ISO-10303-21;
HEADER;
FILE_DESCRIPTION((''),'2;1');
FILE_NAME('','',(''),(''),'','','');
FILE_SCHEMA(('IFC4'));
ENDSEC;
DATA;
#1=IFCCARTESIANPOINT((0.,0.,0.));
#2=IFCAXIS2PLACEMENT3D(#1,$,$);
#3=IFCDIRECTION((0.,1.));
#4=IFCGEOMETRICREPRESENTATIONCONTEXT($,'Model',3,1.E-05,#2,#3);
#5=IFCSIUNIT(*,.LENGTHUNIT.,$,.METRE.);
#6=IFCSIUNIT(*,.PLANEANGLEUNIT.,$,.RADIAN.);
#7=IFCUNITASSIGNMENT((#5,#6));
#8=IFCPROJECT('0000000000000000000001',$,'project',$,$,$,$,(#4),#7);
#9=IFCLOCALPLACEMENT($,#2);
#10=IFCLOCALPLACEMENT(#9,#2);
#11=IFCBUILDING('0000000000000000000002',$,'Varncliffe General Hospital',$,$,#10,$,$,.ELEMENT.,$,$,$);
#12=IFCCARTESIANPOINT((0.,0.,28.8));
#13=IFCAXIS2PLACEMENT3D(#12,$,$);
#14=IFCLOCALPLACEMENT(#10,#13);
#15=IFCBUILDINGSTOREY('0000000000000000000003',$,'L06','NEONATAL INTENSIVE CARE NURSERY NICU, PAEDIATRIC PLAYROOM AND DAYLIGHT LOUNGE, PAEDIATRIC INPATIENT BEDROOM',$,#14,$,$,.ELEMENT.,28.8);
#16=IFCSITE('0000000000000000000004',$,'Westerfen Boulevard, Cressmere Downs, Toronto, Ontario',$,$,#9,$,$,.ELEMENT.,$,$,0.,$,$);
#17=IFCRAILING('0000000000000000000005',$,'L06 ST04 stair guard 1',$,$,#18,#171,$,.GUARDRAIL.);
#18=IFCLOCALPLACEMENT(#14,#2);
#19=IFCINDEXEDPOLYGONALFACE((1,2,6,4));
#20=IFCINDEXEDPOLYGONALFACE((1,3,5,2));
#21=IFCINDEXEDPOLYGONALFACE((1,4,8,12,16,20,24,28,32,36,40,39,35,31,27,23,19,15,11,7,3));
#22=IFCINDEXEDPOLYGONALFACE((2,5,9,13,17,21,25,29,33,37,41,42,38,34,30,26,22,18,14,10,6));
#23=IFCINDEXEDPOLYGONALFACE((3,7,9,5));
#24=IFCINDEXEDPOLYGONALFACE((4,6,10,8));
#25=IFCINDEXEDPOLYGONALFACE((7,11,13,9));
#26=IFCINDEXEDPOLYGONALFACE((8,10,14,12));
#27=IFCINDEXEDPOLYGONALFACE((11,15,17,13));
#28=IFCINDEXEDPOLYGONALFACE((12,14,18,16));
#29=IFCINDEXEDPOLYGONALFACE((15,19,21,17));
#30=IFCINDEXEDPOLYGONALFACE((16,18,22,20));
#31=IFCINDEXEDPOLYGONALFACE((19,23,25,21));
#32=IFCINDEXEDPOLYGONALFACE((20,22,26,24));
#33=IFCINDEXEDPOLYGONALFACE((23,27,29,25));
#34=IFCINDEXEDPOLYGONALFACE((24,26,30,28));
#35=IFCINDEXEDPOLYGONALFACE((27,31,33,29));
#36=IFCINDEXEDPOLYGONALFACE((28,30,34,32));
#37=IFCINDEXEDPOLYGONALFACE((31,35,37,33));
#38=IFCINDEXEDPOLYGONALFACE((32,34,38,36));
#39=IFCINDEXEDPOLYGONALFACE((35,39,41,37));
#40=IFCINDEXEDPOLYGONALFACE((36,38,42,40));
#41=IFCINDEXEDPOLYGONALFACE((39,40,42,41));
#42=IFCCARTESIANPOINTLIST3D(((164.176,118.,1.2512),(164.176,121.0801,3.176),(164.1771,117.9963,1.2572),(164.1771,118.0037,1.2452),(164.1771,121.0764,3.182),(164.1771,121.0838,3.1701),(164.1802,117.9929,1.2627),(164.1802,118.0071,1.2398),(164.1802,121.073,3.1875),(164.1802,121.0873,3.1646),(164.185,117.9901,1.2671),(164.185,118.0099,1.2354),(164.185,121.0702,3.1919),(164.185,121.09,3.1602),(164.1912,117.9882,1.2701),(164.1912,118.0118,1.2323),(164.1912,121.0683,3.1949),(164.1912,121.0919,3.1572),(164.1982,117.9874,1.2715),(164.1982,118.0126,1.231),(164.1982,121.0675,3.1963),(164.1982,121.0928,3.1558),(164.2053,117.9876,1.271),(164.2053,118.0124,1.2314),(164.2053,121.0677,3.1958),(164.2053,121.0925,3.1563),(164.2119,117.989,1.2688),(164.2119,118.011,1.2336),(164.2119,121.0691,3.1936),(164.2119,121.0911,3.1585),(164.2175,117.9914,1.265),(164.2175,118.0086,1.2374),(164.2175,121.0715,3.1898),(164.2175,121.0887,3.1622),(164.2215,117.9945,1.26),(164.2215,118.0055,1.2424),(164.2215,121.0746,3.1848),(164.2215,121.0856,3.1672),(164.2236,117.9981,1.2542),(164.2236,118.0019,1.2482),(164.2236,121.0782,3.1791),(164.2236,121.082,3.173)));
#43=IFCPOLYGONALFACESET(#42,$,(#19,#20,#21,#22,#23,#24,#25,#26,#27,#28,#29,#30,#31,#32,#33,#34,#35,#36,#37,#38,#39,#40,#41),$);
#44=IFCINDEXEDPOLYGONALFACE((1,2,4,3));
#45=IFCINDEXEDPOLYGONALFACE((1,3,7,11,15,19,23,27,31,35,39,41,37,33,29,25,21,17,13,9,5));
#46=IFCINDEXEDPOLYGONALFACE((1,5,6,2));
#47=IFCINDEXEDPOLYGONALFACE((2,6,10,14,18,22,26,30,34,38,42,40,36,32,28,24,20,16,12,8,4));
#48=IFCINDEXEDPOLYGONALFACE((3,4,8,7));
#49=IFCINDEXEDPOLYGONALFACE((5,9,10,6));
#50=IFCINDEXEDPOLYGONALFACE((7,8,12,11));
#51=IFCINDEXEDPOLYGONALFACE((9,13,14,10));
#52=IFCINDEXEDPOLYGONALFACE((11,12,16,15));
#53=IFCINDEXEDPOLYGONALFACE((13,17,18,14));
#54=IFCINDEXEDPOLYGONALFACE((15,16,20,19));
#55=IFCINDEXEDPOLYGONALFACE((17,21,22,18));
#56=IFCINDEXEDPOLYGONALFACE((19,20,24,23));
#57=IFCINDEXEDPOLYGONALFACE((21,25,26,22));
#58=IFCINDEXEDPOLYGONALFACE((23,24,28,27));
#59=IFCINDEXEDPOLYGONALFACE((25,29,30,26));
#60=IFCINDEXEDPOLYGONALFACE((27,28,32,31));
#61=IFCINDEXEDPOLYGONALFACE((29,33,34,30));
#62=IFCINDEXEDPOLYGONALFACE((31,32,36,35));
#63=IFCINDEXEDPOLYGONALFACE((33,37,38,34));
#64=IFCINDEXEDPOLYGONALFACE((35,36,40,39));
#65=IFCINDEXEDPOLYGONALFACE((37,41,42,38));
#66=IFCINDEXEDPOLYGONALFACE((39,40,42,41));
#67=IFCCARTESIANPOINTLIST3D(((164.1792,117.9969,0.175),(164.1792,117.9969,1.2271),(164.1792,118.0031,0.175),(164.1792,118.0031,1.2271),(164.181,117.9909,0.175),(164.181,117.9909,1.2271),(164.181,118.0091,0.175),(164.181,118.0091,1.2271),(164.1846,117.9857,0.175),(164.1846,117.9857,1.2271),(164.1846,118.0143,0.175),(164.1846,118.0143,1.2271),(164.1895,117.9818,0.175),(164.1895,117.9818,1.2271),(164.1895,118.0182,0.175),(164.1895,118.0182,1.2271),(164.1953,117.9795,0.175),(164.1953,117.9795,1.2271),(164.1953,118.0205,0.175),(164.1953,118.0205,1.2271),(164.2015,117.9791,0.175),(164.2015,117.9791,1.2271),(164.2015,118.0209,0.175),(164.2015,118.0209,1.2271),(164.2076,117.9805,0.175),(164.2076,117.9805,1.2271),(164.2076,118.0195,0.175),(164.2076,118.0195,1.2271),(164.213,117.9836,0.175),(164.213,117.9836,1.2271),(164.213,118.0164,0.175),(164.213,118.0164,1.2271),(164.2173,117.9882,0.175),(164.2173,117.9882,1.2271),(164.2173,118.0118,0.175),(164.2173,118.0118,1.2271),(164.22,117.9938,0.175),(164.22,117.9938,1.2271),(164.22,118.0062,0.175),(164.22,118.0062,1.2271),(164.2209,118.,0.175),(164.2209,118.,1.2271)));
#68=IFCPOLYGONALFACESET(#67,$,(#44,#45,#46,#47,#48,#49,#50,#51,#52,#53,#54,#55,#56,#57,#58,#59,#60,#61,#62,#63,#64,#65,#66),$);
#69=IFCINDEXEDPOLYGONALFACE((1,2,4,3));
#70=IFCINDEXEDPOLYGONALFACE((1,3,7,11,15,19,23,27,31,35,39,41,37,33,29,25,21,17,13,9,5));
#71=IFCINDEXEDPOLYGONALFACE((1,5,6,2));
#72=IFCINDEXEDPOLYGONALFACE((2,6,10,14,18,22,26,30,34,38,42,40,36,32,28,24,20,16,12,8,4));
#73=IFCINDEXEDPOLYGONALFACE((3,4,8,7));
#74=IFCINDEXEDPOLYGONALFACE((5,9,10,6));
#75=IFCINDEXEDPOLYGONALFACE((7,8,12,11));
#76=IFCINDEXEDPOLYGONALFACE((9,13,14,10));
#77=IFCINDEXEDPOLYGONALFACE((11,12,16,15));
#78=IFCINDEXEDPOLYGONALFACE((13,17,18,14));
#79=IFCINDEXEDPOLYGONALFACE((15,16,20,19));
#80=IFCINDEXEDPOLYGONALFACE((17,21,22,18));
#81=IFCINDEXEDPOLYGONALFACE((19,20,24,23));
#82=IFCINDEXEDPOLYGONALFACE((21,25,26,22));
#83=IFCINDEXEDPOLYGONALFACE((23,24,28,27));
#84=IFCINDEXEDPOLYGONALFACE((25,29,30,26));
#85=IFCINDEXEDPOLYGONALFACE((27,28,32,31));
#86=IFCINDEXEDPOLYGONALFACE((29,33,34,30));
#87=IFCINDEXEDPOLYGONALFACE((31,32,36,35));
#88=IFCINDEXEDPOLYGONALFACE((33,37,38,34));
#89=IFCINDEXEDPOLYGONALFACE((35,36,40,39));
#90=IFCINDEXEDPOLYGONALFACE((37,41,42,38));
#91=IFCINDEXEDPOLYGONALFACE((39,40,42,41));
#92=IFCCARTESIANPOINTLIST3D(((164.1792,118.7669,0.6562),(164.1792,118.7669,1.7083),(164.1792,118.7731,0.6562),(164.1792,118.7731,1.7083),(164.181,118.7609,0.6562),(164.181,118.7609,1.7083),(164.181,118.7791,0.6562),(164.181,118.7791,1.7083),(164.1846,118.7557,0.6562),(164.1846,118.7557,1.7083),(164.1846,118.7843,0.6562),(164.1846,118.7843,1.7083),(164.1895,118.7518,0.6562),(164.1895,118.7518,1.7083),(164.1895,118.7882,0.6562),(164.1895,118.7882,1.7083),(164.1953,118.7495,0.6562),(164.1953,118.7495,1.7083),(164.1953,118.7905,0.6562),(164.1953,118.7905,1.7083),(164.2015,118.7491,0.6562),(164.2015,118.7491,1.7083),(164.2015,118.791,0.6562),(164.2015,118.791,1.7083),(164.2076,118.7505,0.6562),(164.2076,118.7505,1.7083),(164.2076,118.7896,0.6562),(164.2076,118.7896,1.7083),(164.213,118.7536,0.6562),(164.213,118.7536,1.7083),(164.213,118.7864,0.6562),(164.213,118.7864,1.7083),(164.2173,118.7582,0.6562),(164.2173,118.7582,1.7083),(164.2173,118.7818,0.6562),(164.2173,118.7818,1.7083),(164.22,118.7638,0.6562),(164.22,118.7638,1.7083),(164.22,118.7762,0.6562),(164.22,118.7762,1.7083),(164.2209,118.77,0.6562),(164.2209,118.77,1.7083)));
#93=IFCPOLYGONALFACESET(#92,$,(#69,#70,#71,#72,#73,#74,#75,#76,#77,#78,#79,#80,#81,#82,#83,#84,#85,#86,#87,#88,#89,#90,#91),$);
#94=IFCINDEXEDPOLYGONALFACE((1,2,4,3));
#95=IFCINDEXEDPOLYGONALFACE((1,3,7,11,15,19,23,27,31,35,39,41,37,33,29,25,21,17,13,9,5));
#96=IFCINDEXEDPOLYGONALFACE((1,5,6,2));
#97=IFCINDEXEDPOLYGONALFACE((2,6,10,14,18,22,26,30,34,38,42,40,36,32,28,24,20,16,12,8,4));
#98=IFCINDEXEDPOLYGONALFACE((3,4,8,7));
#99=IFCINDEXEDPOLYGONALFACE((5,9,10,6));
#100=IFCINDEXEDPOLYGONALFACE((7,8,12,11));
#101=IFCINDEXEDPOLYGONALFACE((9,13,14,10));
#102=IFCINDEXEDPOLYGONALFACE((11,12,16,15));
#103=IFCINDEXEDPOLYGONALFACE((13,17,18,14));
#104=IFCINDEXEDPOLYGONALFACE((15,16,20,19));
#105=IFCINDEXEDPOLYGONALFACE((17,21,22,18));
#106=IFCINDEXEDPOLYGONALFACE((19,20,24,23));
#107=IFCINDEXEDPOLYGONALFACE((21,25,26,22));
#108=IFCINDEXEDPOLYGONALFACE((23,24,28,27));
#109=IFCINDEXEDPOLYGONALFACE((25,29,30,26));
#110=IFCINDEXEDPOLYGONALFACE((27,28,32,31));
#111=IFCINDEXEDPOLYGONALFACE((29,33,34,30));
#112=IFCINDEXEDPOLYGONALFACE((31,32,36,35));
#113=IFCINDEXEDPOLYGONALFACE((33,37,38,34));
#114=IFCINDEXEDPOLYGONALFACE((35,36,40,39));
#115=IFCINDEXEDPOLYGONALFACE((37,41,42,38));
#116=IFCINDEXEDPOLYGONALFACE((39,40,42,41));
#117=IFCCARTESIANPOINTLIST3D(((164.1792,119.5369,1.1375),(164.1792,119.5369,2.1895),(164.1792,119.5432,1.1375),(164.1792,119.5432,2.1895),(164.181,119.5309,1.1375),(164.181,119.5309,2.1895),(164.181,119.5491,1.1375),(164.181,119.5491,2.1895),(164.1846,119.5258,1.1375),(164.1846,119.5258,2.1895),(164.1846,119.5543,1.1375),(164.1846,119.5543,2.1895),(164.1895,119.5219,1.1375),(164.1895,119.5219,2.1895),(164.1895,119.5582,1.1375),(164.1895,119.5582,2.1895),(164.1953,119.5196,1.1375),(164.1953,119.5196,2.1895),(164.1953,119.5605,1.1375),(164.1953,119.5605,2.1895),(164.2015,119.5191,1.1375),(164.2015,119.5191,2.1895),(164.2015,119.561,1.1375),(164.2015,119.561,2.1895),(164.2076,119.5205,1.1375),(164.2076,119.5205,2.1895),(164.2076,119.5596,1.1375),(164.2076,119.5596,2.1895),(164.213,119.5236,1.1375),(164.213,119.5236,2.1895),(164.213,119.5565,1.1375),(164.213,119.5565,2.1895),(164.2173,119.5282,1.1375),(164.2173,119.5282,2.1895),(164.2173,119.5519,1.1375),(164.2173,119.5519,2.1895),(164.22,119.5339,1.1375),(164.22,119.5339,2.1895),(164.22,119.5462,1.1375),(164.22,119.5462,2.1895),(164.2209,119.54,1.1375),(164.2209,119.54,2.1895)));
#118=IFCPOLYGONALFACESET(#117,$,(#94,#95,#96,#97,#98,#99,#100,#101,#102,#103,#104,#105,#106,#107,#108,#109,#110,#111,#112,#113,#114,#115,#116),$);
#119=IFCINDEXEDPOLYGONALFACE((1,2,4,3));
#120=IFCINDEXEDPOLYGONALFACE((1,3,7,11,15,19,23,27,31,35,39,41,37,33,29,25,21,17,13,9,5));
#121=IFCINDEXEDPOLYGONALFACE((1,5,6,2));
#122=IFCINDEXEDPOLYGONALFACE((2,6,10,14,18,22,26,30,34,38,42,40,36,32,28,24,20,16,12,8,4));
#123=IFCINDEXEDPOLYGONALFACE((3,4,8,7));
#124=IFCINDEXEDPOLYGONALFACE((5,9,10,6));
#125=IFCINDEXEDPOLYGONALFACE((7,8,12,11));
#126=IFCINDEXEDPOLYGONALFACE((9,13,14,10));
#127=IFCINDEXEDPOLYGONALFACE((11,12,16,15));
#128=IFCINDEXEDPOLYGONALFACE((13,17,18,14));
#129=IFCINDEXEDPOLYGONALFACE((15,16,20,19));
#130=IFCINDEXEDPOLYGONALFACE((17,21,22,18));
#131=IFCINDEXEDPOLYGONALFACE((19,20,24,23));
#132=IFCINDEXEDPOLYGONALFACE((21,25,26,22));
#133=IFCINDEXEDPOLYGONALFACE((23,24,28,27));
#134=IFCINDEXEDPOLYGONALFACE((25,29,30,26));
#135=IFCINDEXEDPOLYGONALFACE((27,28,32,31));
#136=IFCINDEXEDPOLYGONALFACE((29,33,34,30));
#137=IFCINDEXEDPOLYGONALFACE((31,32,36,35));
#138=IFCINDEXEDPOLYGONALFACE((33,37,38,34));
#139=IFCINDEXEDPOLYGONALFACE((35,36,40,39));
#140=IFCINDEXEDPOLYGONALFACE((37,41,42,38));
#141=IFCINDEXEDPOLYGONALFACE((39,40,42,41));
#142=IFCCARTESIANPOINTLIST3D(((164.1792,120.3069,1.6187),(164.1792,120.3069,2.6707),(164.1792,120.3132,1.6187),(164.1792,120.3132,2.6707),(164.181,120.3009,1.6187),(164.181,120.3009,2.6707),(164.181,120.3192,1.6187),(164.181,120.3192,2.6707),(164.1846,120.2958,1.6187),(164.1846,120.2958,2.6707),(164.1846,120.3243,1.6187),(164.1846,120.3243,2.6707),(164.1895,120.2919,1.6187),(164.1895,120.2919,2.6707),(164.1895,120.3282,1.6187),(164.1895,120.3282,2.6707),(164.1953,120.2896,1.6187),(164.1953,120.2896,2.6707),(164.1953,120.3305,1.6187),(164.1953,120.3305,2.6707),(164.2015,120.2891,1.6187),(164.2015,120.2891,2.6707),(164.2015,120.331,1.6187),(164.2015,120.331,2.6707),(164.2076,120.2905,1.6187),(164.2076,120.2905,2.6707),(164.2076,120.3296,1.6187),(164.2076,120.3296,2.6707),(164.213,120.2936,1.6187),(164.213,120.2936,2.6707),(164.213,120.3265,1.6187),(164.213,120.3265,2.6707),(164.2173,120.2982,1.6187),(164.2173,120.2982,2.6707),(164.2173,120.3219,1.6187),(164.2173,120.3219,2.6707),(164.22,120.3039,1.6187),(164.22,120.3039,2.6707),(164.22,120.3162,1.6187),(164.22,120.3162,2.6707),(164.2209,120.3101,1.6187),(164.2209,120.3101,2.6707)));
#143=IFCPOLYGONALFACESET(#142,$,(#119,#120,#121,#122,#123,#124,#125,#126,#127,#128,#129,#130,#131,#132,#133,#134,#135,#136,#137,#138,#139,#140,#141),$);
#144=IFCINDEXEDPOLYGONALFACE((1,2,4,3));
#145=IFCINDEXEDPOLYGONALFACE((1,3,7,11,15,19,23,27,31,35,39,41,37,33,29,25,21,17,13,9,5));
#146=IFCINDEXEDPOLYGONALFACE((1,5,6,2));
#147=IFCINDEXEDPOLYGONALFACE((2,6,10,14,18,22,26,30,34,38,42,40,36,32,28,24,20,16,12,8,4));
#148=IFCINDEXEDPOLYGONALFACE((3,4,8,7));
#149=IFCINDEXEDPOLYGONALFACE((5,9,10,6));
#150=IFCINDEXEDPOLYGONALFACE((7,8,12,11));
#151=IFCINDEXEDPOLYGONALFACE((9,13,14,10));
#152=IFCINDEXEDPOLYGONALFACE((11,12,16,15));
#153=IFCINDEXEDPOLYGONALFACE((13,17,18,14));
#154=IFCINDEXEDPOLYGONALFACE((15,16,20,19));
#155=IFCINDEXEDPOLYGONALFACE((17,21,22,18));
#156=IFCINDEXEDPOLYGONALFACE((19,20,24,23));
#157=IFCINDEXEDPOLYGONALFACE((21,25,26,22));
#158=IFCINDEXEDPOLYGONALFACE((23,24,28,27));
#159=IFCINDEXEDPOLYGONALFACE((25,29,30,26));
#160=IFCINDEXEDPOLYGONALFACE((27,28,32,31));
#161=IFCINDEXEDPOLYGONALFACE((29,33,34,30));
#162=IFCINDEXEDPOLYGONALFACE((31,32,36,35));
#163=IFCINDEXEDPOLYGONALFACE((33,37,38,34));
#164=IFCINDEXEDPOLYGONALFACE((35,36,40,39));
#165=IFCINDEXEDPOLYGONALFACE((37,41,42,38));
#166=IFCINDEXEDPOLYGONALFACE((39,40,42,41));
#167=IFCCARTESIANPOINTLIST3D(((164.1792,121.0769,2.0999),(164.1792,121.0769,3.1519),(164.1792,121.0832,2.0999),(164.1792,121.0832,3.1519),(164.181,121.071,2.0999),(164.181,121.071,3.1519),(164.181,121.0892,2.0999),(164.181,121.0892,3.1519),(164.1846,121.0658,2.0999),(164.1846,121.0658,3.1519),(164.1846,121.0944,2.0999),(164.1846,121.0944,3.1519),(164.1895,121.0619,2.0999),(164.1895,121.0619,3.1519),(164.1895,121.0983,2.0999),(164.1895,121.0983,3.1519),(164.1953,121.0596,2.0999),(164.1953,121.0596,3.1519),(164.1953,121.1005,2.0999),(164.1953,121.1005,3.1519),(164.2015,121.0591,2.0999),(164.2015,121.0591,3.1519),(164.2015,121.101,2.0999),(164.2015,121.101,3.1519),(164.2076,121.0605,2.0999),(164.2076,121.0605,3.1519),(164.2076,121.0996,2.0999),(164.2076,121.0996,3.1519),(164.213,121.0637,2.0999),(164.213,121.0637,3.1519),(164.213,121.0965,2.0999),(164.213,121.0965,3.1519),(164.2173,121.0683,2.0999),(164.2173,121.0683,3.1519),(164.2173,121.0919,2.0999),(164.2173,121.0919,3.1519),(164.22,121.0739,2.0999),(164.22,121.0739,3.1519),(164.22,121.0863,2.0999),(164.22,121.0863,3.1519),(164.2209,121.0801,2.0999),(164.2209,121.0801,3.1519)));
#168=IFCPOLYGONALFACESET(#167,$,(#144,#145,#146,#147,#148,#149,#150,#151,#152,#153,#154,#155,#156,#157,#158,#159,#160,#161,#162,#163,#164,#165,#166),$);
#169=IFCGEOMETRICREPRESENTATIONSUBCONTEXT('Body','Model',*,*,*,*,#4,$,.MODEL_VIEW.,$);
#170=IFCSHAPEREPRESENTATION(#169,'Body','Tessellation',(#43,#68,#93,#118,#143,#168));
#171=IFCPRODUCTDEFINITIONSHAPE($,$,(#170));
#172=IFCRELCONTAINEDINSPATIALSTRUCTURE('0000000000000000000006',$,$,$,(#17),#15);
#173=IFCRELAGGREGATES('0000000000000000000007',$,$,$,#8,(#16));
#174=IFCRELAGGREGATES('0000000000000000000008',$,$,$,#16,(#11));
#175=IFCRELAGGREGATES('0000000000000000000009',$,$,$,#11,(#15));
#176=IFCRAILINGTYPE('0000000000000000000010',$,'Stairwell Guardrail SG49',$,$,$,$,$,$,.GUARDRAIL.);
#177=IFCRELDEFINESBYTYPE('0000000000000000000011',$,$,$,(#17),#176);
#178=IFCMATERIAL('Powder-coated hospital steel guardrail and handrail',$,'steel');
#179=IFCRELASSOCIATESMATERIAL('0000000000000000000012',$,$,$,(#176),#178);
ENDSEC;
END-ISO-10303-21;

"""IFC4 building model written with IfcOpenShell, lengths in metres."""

from ifc_helpers import new_model, si_unit, direction, frame, origin, origin_2d, place, context, subcontext, project, spatial, circle, extrude, material, type_object, element, save


model = new_model("IFC4")

# Units and contexts
model_context = context("Model", 3, precision=1e-05, world=origin(), true_north=direction((0.0, 1.0)))
body_context = subcontext(model_context, "Body", "Model", "MODEL_VIEW")
ifc_project = project(units=[si_unit("LENGTHUNIT", "METRE"), si_unit("PLANEANGLEUNIT", "RADIAN")], contexts=[model_context])

# Site, building, storey
site_placement = place(None, origin())
site = spatial("IfcSite", under=ifc_project, at=site_placement, Name="Westerfen Boulevard, Cressmere Downs, Toronto, Ontario", CompositionType="ELEMENT", RefElevation=0.0)
building_placement = place(site_placement, origin())
building = spatial("IfcBuilding", under=site, at=building_placement, Name="Varncliffe General Hospital", CompositionType="ELEMENT")
storey_placement = place(building_placement, frame((0.0, 0.0, 28.8)))
storey = spatial("IfcBuildingStorey", under=building, at=storey_placement, Name="L06", Description="NEONATAL INTENSIVE CARE NURSERY NICU, PAEDIATRIC PLAYROOM AND DAYLIGHT LOUNGE, PAEDIATRIC INPATIENT BEDROOM", CompositionType="ELEMENT", Elevation=28.8)

# Railing
ifc_material_1 = material(Name="Powder-coated hospital steel guardrail and handrail", Category="steel")
railing_type_1 = type_object("IfcRailingType", Name="Stairwell Guardrail SG49", PredefinedType="GUARDRAIL", material=ifc_material_1)
railing_1_placement = place(storey_placement, frame((164.2, 118.0, 0.175)))
element("IfcRailing", 1, at=railing_1_placement, inside=storey, type_object=railing_type_1, Name="L06 ST04 stair guard 1", PredefinedType="GUARDRAIL", context=body_context, shape_type="SweptSolid", body=[
    extrude(circle(Radius=0.0239, at=origin_2d()), frame((0.0, 0.0, 1.0762), z_axis=(0.0, 0.848029, 0.529951), x_axis=(-1.0, 0.0, 0.0)), (0.0, 0.0, 1.0), 3.6321),
    extrude(circle(Radius=0.021, at=origin_2d()), origin(), (0.0, 0.0, 1.0), 1.052),
    extrude(circle(Radius=0.021, at=origin_2d()), frame((0.0, 0.77, 0.4812)), (0.0, 0.0, 1.0), 1.052),
    extrude(circle(Radius=0.021, at=origin_2d()), frame((0.0, 1.54, 0.9624)), (0.0, 0.0, 1.0), 1.052),
    extrude(circle(Radius=0.021, at=origin_2d()), frame((0.0, 2.3101, 1.4436)), (0.0, 0.0, 1.0), 1.052),
    extrude(circle(Radius=0.021, at=origin_2d()), frame((0.0, 3.0801, 1.9248)), (0.0, 0.0, 1.0), 1.052),
])

save(model, "model.ifc")
